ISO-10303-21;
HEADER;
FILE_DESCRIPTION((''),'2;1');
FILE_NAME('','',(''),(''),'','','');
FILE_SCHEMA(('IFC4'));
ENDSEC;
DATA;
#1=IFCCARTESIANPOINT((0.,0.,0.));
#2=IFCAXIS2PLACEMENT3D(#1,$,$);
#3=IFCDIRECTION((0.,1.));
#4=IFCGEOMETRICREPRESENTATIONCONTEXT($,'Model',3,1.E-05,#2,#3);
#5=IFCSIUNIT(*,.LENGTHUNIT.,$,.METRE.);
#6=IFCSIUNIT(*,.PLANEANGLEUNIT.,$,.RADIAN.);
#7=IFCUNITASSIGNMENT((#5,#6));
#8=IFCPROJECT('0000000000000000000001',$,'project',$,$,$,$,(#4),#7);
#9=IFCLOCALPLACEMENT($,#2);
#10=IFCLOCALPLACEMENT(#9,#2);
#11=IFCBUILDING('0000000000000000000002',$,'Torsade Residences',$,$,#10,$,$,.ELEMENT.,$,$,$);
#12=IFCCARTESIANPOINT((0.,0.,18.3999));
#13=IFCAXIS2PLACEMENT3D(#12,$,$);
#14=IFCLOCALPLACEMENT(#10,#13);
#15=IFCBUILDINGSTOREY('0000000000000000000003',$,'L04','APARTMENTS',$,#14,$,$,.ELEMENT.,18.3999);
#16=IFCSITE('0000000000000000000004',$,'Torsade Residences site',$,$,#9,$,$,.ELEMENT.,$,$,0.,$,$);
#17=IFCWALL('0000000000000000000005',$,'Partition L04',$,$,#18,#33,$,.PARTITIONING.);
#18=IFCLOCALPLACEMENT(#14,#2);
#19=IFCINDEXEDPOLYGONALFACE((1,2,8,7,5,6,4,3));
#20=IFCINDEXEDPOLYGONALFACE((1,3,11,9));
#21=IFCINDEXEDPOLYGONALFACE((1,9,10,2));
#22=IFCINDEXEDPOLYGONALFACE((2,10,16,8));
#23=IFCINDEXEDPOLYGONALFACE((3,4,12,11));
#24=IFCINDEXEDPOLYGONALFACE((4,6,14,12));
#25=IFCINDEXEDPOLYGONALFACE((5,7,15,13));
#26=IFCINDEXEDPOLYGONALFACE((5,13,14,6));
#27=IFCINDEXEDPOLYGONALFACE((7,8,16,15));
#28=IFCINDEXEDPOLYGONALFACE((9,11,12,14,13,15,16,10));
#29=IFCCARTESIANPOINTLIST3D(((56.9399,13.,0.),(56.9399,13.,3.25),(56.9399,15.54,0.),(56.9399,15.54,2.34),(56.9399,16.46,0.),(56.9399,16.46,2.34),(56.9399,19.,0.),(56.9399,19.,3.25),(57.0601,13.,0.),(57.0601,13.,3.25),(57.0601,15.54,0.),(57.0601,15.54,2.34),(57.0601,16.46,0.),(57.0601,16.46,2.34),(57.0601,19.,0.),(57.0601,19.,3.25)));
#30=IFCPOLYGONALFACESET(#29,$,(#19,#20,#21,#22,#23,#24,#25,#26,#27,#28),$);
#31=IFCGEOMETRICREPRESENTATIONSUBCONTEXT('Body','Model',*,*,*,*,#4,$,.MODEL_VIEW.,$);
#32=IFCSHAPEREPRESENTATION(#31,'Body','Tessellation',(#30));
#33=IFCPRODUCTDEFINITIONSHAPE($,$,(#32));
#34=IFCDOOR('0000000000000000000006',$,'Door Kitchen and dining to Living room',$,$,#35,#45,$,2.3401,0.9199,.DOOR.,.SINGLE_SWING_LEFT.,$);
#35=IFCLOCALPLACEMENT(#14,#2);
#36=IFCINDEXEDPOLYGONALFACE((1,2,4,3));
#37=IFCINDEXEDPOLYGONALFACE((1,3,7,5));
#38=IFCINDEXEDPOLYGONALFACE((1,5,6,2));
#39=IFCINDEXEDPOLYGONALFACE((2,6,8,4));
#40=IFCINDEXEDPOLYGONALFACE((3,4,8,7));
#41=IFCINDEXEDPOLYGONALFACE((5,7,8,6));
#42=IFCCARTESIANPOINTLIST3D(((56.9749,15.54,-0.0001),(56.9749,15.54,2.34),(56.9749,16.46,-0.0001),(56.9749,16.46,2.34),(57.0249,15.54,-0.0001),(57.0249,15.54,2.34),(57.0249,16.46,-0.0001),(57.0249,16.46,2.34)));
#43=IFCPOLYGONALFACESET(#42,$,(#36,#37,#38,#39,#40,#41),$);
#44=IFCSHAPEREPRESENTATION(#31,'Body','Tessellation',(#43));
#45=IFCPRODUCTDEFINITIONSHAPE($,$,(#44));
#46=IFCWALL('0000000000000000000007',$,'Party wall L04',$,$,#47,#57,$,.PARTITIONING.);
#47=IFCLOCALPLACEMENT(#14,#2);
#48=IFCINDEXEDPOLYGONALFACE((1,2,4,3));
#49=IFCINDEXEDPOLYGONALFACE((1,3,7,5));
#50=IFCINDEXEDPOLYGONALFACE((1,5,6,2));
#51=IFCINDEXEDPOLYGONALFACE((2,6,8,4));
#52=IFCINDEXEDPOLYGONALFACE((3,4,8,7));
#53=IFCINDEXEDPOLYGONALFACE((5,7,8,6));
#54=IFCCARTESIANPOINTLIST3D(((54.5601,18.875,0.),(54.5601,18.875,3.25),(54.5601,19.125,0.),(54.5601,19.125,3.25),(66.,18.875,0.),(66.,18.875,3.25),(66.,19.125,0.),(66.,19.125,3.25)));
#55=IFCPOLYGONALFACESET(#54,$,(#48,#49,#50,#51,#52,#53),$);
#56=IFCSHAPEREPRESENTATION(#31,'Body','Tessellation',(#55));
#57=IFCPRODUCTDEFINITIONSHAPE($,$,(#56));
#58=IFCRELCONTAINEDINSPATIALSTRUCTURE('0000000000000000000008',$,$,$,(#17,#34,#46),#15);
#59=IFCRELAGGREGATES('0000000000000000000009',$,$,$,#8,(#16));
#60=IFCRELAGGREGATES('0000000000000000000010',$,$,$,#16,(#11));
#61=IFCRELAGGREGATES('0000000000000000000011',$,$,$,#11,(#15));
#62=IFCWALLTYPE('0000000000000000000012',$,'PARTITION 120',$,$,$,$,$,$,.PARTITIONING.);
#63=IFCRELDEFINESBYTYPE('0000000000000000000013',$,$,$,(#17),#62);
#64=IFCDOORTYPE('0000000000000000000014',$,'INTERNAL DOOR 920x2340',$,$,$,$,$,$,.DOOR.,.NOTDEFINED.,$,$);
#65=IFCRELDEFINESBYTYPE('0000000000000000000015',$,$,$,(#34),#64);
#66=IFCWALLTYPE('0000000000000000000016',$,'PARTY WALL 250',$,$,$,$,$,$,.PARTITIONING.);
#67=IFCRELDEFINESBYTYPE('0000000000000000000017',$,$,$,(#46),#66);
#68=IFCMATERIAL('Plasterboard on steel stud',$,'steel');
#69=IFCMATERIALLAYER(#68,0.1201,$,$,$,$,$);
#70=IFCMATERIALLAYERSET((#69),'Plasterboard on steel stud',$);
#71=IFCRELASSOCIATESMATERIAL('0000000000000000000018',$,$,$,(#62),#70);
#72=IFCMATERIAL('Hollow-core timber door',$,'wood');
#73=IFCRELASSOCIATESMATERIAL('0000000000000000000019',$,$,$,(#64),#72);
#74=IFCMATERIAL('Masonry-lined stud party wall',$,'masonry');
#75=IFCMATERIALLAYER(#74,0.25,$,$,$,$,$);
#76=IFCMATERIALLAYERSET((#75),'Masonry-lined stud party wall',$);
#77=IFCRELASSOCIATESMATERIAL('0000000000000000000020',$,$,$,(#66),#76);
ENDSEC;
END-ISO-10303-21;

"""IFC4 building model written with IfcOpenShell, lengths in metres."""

from ifc_helpers import new_model, si_unit, direction, frame, frame_2d, origin, place, context, subcontext, project, spatial, rectangle, extrude, material, layer, layer_set, type_object, element, fill, save


model = new_model("IFC4")

# Units and contexts
model_context = context("Model", 3, precision=1e-05, world=origin(), true_north=direction((0.0, 1.0)))
body_context = subcontext(model_context, "Body", "Model", "MODEL_VIEW")
ifc_project = project(units=[si_unit("LENGTHUNIT", "METRE"), si_unit("PLANEANGLEUNIT", "RADIAN")], contexts=[model_context])

# Site, building, storey
site_placement = place(None, origin())
site = spatial("IfcSite", under=ifc_project, at=site_placement, Name="Torsade Residences site", CompositionType="ELEMENT", RefElevation=0.0)
building_placement = place(site_placement, origin())
building = spatial("IfcBuilding", under=site, at=building_placement, Name="Torsade Residences", CompositionType="ELEMENT")
storey_placement = place(building_placement, frame((0.0, 0.0, 18.3999)))
storey = spatial("IfcBuildingStorey", under=building, at=storey_placement, Name="L04", Description="APARTMENTS", CompositionType="ELEMENT", Elevation=18.3999)

# Wall, opening, door
ifc_material_1 = material(Name="Plasterboard on steel stud", Category="steel")
ifc_layer_1 = layer(ifc_material_1, 0.1201)
ifc_layer_set_1 = layer_set([ifc_layer_1], Name="Plasterboard on steel stud")
wall_type_1 = type_object("IfcWallType", Name="PARTITION 120", PredefinedType="PARTITIONING", material=ifc_layer_set_1)
wall_1_placement = place(storey_placement, frame((57.0, 19.0, 0.0), z_axis=(0.0, 0.0, 1.0), x_axis=(0.0, -1.0, 0.0)))
wall_1 = element("IfcWall", 1, at=wall_1_placement, inside=storey, type_object=wall_type_1, Name="Partition L04", PredefinedType="PARTITIONING", context=body_context, shape_type="SweptSolid", body=[
    extrude(rectangle(XDim=6.0, YDim=0.1201, at=frame_2d((3.0, 0.0))), origin(), (0.0, 0.0, 1.0), 3.25),
])
opening_1_placement = place(wall_1_placement, frame((2.54, 0.0, 0.0)))
opening_1 = element("IfcOpeningElement", 2, at=opening_1_placement, cuts=wall_1, PredefinedType="OPENING", context=body_context, shape_type="SweptSolid", body=[
    extrude(rectangle(XDim=0.9199, YDim=2.3401, at=frame_2d((0.46, 1.1699))), frame((0.0, 0.0701, 0.0), z_axis=(0.0, -1.0, 0.0), x_axis=(1.0, 0.0, 0.0)), (0.0, 0.0, 1.0), 0.1401),
])
ifc_material_2 = material(Name="Hollow-core timber door", Category="wood")
door_type_1 = type_object("IfcDoorType", Name="INTERNAL DOOR 920x2340", OperationType="NOTDEFINED", PredefinedType="DOOR", material=ifc_material_2)
door_1_placement = place(opening_1_placement, origin())
door_1 = element("IfcDoor", 3, at=door_1_placement, inside=storey, type_object=door_type_1, Name="Door Kitchen and dining to Living room", OperationType="SINGLE_SWING_LEFT", OverallHeight=2.3401, OverallWidth=0.9199, PredefinedType="DOOR", context=body_context, shape_type="SweptSolid", body=[
    extrude(rectangle(XDim=0.9199, YDim=2.3401, at=frame_2d((0.46, 1.1699))), frame((0.0, 0.0249, 0.0), z_axis=(0.0, -1.0, 0.0), x_axis=(1.0, 0.0, 0.0)), (0.0, 0.0, 1.0), 0.05),
])
fill(opening_1, door_1)

# Wall
ifc_material_3 = material(Name="Masonry-lined stud party wall", Category="masonry")
ifc_layer_2 = layer(ifc_material_3, 0.25)
ifc_layer_set_2 = layer_set([ifc_layer_2], Name="Masonry-lined stud party wall")
wall_type_2 = type_object("IfcWallType", Name="PARTY WALL 250", PredefinedType="PARTITIONING", material=ifc_layer_set_2)
wall_2_placement = place(storey_placement, frame((66.0, 19.0, 0.0), z_axis=(0.0, 0.0, 1.0), x_axis=(-1.0, 0.0, 0.0)))
element("IfcWall", 4, at=wall_2_placement, inside=storey, type_object=wall_type_2, Name="Party wall L04", PredefinedType="PARTITIONING", context=body_context, shape_type="SweptSolid", body=[
    extrude(rectangle(XDim=11.4399, YDim=0.25, at=frame_2d((5.72, 0.0))), origin(), (0.0, 0.0, 1.0), 3.25),
])

save(model, "model.ifc")
